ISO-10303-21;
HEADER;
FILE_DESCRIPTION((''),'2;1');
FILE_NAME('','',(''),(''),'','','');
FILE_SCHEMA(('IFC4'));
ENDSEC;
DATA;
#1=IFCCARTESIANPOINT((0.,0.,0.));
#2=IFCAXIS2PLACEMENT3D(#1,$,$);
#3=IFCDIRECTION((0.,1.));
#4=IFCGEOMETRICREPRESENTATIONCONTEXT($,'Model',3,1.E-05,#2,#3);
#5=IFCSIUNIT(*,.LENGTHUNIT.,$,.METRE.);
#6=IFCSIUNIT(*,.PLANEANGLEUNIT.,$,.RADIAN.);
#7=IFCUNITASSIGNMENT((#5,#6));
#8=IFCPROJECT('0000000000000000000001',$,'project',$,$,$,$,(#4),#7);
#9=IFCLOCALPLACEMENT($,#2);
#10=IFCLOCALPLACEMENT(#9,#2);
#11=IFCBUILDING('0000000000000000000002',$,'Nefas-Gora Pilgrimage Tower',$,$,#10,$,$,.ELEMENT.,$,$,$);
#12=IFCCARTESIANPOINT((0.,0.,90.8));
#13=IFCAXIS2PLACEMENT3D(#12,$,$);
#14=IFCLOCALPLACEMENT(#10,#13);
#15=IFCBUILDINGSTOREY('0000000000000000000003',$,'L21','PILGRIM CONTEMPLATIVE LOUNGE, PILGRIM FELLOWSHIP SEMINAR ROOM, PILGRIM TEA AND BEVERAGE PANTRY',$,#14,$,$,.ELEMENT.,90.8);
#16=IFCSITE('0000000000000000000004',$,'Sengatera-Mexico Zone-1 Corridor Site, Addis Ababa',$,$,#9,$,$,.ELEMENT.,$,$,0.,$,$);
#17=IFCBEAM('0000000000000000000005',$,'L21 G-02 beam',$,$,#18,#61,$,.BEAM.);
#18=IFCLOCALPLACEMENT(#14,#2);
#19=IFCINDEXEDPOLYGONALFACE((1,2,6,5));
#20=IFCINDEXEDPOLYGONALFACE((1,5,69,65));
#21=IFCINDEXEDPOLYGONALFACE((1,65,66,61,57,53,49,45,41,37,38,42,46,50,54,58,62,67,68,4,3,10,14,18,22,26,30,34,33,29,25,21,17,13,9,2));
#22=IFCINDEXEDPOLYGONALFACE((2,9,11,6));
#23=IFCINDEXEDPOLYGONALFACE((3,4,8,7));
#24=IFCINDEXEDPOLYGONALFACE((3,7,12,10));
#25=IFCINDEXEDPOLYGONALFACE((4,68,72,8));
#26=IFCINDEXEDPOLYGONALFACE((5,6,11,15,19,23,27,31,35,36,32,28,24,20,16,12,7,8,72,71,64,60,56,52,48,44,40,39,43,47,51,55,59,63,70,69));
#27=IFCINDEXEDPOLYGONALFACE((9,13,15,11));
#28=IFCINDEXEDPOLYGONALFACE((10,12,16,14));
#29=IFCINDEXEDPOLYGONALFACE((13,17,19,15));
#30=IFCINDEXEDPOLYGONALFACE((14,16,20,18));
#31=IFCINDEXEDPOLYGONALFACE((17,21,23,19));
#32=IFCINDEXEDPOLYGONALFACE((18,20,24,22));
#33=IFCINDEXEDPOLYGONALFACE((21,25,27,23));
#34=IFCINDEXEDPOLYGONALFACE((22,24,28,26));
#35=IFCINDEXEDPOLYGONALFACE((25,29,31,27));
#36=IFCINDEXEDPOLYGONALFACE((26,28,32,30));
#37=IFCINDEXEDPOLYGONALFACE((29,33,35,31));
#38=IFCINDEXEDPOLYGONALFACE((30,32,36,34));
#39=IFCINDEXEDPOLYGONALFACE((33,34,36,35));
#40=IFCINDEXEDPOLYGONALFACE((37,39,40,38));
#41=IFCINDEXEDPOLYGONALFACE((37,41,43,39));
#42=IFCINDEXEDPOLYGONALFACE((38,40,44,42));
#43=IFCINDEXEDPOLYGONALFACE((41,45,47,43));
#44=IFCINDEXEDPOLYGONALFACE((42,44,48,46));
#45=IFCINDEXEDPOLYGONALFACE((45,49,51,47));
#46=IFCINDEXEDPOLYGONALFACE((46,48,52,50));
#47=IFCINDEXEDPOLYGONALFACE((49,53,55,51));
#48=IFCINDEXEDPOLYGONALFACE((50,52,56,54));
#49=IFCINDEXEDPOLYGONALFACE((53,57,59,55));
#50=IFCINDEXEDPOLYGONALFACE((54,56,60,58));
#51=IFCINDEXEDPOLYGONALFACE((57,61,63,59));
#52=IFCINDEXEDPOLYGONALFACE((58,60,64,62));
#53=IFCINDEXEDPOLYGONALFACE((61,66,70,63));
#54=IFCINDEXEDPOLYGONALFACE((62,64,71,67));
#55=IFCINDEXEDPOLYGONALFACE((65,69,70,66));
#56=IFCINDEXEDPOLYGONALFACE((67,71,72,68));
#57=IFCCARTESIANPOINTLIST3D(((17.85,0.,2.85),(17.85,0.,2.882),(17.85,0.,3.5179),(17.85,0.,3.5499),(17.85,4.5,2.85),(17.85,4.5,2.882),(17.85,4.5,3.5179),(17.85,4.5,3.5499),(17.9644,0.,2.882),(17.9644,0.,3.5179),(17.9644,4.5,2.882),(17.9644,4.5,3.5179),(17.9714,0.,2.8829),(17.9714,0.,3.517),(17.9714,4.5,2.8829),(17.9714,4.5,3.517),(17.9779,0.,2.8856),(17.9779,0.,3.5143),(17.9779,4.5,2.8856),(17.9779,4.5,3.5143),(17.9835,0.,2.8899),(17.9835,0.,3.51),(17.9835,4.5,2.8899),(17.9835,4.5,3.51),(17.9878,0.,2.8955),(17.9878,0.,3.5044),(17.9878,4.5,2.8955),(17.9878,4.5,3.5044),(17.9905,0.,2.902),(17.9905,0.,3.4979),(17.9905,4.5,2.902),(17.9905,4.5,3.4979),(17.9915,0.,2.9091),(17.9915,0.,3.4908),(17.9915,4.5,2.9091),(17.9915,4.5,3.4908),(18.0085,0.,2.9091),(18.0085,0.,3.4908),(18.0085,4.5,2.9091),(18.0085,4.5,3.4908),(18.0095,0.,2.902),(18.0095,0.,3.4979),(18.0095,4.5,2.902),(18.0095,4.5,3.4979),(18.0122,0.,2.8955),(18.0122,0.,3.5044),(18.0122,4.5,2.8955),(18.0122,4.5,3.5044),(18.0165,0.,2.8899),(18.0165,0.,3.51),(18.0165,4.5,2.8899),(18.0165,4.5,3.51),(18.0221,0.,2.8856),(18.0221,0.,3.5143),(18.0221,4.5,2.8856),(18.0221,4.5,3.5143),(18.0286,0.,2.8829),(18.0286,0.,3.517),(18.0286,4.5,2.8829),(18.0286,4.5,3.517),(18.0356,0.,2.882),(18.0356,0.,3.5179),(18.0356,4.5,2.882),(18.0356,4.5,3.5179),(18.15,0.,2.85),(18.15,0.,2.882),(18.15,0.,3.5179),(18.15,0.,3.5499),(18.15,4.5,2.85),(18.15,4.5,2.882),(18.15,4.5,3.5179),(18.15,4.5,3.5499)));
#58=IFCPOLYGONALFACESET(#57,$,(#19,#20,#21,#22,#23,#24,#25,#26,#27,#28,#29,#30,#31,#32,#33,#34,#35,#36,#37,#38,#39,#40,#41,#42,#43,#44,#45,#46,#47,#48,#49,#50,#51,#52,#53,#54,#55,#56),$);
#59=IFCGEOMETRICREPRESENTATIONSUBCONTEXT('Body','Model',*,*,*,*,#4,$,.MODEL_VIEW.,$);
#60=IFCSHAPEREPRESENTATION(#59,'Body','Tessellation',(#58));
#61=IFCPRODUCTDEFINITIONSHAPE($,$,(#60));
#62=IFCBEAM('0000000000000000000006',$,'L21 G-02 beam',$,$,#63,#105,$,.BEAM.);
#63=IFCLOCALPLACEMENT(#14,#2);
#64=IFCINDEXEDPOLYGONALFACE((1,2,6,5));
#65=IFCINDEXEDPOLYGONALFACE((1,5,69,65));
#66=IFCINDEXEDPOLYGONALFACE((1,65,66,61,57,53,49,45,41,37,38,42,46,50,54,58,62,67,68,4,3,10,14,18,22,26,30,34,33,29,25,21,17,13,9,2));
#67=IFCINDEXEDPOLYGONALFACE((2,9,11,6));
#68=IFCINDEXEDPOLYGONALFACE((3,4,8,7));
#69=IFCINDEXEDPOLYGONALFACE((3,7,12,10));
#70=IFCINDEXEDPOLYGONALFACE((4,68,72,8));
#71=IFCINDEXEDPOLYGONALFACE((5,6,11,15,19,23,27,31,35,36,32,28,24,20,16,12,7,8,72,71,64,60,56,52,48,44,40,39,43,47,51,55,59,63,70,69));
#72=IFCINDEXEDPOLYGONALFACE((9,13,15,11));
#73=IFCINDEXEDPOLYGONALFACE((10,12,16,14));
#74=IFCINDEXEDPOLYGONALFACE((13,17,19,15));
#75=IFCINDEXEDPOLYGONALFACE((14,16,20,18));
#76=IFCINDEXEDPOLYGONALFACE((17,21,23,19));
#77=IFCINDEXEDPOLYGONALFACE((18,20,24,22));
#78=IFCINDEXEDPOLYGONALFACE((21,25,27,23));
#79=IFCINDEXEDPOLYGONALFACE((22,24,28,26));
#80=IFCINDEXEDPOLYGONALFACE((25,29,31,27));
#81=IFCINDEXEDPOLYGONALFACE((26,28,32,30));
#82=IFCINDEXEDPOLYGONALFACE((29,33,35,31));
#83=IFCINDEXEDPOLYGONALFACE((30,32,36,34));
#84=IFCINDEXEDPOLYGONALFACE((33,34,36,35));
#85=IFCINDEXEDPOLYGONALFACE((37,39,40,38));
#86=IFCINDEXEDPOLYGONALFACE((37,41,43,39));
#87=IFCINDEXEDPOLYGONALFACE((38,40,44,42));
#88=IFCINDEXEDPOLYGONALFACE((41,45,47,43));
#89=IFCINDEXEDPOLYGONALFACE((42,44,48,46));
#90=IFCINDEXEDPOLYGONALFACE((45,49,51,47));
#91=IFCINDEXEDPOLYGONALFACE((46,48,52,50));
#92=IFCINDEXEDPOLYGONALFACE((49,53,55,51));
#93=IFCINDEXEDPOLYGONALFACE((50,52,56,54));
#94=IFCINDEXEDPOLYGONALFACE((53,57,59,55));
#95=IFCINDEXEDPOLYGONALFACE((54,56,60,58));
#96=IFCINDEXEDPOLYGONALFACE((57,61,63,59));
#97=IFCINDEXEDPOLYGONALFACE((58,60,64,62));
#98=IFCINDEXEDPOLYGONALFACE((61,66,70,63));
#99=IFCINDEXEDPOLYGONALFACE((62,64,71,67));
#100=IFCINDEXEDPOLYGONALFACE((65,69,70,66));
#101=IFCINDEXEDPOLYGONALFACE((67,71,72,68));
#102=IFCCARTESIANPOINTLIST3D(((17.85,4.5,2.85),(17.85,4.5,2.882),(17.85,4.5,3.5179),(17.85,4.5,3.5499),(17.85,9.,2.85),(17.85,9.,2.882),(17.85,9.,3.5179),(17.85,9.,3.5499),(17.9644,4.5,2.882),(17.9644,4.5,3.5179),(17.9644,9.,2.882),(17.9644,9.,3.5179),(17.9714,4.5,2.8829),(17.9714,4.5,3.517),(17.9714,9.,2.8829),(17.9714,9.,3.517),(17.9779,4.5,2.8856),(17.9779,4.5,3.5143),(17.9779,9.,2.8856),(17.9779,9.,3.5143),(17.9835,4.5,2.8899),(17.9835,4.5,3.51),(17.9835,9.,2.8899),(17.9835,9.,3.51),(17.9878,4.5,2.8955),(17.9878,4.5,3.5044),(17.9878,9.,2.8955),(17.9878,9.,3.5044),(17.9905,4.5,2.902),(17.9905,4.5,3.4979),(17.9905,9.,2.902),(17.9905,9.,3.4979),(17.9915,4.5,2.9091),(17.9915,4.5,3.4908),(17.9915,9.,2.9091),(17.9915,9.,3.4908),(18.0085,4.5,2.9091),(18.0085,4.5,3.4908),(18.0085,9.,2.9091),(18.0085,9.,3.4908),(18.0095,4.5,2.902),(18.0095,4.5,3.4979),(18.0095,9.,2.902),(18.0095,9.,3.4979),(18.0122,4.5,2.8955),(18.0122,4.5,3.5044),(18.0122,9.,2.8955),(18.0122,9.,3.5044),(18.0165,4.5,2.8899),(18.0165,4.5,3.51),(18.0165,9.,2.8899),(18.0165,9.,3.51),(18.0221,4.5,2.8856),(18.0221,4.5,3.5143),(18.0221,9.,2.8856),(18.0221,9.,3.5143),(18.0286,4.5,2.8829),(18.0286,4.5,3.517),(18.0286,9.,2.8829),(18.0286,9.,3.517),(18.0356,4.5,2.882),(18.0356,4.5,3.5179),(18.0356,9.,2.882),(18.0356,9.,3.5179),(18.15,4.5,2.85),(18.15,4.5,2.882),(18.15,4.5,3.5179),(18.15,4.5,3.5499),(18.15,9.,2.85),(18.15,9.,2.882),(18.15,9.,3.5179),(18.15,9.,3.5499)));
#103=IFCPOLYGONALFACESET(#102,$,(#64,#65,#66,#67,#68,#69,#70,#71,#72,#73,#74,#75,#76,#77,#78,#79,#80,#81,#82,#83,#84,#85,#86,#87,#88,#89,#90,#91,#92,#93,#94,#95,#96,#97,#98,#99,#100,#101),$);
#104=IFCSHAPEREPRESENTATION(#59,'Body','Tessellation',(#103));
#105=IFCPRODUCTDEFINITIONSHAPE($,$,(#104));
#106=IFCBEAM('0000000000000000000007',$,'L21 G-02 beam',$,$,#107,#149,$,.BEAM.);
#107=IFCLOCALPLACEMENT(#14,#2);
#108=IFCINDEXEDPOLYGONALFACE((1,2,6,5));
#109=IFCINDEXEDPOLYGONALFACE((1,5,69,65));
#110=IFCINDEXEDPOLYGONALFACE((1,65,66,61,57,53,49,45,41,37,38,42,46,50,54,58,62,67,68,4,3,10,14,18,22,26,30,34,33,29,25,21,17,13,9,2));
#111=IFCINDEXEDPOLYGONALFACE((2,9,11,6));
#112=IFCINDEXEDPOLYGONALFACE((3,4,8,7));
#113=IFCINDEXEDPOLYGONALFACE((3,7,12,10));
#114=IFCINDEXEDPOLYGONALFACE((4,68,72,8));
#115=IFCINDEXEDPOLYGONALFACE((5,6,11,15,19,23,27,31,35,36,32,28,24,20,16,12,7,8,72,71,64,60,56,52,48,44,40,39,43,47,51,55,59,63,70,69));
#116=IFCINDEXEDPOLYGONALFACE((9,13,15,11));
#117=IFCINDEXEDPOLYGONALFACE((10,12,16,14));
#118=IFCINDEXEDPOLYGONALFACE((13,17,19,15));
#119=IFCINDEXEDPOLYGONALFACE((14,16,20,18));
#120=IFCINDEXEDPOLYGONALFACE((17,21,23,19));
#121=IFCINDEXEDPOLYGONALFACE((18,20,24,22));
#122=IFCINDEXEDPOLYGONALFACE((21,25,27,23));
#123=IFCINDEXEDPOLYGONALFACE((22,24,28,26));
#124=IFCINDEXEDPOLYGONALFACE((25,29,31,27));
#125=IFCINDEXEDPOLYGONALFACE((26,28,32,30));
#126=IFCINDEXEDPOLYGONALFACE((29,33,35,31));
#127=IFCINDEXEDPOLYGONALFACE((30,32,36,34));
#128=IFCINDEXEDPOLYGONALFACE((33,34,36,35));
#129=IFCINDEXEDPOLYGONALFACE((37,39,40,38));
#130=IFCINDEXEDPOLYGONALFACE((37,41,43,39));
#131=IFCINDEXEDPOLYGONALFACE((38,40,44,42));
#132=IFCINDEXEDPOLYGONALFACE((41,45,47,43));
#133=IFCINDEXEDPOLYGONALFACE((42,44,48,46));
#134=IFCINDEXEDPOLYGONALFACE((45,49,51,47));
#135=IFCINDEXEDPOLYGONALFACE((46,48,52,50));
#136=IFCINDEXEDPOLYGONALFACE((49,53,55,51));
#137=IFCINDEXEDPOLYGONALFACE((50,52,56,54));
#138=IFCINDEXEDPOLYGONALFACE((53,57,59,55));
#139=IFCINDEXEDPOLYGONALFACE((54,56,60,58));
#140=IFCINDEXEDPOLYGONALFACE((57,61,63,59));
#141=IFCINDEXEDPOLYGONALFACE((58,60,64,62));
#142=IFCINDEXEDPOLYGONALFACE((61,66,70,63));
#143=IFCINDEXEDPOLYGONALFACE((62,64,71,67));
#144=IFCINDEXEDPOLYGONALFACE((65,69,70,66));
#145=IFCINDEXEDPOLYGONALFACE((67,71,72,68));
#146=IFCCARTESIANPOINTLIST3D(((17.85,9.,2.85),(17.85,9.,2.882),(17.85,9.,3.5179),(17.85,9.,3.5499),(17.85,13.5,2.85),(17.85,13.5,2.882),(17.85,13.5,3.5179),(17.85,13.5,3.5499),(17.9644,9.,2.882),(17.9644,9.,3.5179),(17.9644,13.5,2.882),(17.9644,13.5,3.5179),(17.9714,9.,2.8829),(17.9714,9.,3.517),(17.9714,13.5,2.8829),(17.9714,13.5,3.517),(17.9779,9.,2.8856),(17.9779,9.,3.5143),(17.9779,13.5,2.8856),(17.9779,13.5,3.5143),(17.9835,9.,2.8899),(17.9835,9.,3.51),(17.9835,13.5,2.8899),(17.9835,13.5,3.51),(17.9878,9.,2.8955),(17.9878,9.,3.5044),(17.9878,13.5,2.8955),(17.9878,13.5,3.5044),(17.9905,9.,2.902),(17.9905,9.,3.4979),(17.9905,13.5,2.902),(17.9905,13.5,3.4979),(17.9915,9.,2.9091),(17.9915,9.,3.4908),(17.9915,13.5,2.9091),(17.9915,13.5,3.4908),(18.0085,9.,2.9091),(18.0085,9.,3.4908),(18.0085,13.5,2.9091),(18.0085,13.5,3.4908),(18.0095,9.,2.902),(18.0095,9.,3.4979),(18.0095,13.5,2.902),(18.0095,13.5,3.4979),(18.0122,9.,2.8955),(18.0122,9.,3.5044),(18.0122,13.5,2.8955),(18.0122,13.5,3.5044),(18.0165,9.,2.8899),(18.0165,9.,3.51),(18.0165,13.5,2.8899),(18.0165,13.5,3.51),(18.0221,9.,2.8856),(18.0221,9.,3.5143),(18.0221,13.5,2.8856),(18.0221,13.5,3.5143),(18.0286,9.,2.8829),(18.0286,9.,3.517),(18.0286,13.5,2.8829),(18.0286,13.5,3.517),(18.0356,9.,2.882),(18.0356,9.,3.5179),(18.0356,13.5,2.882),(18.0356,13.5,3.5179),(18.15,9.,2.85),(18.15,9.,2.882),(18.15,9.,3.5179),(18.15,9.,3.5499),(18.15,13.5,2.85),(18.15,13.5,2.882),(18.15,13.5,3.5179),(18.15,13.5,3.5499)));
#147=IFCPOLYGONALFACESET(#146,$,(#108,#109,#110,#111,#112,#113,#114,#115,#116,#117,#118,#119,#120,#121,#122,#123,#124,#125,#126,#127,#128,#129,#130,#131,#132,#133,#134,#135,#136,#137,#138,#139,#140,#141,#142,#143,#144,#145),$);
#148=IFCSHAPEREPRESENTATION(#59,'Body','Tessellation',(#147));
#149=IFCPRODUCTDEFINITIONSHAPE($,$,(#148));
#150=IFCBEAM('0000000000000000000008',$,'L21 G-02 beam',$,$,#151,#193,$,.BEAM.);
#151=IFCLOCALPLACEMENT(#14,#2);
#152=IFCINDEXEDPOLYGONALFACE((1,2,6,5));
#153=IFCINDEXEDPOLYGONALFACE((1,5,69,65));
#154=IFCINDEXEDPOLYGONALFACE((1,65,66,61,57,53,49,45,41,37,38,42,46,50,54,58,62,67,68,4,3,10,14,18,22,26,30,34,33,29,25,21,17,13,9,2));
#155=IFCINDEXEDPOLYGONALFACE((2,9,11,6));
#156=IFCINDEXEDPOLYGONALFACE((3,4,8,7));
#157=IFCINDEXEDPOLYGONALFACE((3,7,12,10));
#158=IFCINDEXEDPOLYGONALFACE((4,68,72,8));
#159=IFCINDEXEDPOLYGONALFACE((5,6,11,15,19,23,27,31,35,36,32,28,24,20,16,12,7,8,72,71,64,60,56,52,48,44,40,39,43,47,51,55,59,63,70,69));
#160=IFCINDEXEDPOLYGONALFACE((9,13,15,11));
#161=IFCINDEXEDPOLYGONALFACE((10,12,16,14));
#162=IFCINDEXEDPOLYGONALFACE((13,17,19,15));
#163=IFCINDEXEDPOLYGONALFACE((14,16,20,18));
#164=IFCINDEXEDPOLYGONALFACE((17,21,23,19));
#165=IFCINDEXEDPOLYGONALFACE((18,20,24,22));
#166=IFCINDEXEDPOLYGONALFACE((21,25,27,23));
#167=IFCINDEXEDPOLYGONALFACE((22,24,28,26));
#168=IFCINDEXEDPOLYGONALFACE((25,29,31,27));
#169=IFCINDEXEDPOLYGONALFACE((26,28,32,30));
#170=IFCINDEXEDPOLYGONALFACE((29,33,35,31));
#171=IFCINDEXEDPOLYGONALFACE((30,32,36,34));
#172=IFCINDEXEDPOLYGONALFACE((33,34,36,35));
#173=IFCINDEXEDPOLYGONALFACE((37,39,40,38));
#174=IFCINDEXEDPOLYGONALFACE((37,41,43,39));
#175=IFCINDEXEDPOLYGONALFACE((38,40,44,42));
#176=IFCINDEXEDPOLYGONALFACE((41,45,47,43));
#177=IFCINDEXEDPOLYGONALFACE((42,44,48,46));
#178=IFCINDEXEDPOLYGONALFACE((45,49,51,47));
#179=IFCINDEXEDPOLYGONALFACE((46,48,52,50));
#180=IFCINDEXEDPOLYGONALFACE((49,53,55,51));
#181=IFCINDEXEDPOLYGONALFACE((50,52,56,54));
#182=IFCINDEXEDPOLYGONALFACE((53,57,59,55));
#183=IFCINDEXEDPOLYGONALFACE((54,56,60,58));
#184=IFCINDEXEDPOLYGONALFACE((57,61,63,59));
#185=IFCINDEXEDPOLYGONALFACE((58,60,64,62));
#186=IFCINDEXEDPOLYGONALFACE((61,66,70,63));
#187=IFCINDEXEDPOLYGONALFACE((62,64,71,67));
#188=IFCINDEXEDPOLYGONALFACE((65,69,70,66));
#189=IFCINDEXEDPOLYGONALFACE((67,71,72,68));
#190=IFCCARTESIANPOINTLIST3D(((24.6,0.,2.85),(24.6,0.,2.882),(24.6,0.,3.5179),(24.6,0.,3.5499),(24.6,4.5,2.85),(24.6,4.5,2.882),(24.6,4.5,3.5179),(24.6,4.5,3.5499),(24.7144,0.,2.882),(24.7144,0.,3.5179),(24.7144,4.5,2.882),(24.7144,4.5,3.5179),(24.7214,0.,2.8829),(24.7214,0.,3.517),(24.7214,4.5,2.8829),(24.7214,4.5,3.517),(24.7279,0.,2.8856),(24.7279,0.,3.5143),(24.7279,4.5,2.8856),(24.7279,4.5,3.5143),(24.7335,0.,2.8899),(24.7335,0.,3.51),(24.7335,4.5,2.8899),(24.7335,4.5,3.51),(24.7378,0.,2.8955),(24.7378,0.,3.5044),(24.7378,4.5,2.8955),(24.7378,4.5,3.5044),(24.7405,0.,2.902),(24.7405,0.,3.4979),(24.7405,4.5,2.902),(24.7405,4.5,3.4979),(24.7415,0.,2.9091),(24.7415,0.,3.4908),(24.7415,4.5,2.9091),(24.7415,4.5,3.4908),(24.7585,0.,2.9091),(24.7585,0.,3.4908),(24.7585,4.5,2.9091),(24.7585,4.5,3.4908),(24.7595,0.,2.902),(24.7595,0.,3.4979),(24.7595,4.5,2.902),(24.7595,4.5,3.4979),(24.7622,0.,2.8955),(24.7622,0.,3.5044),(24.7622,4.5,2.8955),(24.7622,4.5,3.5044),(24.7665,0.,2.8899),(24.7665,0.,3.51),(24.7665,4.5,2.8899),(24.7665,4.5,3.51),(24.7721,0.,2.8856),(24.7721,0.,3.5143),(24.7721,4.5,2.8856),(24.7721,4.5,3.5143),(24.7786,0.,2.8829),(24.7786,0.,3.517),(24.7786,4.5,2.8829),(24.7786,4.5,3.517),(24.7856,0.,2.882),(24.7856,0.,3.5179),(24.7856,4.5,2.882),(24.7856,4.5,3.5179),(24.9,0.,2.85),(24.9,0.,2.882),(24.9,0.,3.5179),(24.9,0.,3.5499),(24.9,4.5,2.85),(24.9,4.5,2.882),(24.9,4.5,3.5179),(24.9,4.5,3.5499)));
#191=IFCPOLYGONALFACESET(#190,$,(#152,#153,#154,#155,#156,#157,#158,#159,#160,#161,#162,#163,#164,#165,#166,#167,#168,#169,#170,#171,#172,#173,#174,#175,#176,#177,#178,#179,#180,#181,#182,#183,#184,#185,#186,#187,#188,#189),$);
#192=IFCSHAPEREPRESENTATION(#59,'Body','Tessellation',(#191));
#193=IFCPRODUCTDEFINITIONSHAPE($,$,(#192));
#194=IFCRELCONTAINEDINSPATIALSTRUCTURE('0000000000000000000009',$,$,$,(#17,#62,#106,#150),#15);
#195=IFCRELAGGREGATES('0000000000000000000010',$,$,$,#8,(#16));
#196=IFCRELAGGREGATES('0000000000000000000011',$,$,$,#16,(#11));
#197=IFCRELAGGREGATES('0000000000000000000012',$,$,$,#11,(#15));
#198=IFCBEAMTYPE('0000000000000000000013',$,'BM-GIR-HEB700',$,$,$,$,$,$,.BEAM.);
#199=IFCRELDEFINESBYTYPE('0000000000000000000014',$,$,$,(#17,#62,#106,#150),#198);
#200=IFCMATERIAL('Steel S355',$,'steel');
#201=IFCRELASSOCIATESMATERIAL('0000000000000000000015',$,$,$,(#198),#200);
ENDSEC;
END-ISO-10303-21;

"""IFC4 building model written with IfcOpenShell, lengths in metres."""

from ifc_helpers import new_model, si_unit, direction, frame, origin, origin_2d, place, context, subcontext, project, spatial, i_section, extrude, source, transform, mapped, material, material_profile, profile_set, type_object, element, save


model = new_model("IFC4")

# Units and contexts
model_context = context("Model", 3, precision=1e-05, world=origin(), true_north=direction((0.0, 1.0)))
body_context = subcontext(model_context, "Body", "Model", "MODEL_VIEW")
ifc_project = project(units=[si_unit("LENGTHUNIT", "METRE"), si_unit("PLANEANGLEUNIT", "RADIAN")], contexts=[model_context])

# Site, building, storey
site_placement = place(None, origin())
site = spatial("IfcSite", under=ifc_project, at=site_placement, Name="Sengatera-Mexico Zone-1 Corridor Site, Addis Ababa", CompositionType="ELEMENT", RefElevation=0.0)
building_placement = place(site_placement, origin())
building = spatial("IfcBuilding", under=site, at=building_placement, Name="Nefas-Gora Pilgrimage Tower", CompositionType="ELEMENT")
storey_placement = place(building_placement, frame((0.0, 0.0, 90.8)))
storey = spatial("IfcBuildingStorey", under=building, at=storey_placement, Name="L21", Description="PILGRIM CONTEMPLATIVE LOUNGE, PILGRIM FELLOWSHIP SEMINAR ROOM, PILGRIM TEA AND BEVERAGE PANTRY", CompositionType="ELEMENT", Elevation=90.8)

# Beams
ifc_material_1 = material(Name="Steel S355", Category="steel")
ifc_material_profile_1 = material_profile(ifc_material_1, i_section(OverallWidth=0.3, OverallDepth=0.7, WebThickness=0.0171, FlangeThickness=0.032, FilletRadius=0.0271, at=origin_2d()), Name="HEB 700")
ifc_profile_set_1 = profile_set([ifc_material_profile_1], Name="Steel S355")
beam_type_1 = type_object("IfcBeamType", Name="BM-GIR-HEB700", PredefinedType="BEAM", material=ifc_profile_set_1)
shared_shape_1 = source(origin(), body_context, "Body", "SweptSolid", [
    extrude(i_section(OverallWidth=0.3, OverallDepth=0.7, WebThickness=0.0171, FlangeThickness=0.032, FilletRadius=0.0271, at=origin_2d()), origin(), (0.0, 0.0, 1.0), 4.5),
])
for number, where, z_axis, x_axis, name in (
    (1, (18.0, 0.0, 3.2), (0.0, 1.0, 0.0), (-1.0, 0.0, 0.0), "L21 G-02 beam"),
    (2, (18.0, 4.5, 3.2), (0.0, 1.0, 0.0), (-1.0, 0.0, 0.0), "L21 G-02 beam"),
    (3, (18.0, 9.0, 3.2), (0.0, 1.0, 0.0), (-1.0, 0.0, 0.0), "L21 G-02 beam"),
    (4, (24.75, 0.0, 3.2), (0.0, 1.0, 0.0), (-1.0, 0.0, 0.0), "L21 G-02 beam"),
):
    element("IfcBeam", number, at=place(storey_placement, frame(where, z_axis=z_axis, x_axis=x_axis)), inside=storey, type_object=beam_type_1, Name=name, PredefinedType="BEAM", context=body_context, shape_type="MappedRepresentation", body=[
        mapped(shared_shape_1, transform((0.0, 0.0, 0.0), x_axis=(1.0, 0.0, 0.0), y_axis=(0.0, 1.0, 0.0), z_axis=(0.0, 0.0, 1.0), scale=1.0)),
    ])

save(model, "model.ifc")
